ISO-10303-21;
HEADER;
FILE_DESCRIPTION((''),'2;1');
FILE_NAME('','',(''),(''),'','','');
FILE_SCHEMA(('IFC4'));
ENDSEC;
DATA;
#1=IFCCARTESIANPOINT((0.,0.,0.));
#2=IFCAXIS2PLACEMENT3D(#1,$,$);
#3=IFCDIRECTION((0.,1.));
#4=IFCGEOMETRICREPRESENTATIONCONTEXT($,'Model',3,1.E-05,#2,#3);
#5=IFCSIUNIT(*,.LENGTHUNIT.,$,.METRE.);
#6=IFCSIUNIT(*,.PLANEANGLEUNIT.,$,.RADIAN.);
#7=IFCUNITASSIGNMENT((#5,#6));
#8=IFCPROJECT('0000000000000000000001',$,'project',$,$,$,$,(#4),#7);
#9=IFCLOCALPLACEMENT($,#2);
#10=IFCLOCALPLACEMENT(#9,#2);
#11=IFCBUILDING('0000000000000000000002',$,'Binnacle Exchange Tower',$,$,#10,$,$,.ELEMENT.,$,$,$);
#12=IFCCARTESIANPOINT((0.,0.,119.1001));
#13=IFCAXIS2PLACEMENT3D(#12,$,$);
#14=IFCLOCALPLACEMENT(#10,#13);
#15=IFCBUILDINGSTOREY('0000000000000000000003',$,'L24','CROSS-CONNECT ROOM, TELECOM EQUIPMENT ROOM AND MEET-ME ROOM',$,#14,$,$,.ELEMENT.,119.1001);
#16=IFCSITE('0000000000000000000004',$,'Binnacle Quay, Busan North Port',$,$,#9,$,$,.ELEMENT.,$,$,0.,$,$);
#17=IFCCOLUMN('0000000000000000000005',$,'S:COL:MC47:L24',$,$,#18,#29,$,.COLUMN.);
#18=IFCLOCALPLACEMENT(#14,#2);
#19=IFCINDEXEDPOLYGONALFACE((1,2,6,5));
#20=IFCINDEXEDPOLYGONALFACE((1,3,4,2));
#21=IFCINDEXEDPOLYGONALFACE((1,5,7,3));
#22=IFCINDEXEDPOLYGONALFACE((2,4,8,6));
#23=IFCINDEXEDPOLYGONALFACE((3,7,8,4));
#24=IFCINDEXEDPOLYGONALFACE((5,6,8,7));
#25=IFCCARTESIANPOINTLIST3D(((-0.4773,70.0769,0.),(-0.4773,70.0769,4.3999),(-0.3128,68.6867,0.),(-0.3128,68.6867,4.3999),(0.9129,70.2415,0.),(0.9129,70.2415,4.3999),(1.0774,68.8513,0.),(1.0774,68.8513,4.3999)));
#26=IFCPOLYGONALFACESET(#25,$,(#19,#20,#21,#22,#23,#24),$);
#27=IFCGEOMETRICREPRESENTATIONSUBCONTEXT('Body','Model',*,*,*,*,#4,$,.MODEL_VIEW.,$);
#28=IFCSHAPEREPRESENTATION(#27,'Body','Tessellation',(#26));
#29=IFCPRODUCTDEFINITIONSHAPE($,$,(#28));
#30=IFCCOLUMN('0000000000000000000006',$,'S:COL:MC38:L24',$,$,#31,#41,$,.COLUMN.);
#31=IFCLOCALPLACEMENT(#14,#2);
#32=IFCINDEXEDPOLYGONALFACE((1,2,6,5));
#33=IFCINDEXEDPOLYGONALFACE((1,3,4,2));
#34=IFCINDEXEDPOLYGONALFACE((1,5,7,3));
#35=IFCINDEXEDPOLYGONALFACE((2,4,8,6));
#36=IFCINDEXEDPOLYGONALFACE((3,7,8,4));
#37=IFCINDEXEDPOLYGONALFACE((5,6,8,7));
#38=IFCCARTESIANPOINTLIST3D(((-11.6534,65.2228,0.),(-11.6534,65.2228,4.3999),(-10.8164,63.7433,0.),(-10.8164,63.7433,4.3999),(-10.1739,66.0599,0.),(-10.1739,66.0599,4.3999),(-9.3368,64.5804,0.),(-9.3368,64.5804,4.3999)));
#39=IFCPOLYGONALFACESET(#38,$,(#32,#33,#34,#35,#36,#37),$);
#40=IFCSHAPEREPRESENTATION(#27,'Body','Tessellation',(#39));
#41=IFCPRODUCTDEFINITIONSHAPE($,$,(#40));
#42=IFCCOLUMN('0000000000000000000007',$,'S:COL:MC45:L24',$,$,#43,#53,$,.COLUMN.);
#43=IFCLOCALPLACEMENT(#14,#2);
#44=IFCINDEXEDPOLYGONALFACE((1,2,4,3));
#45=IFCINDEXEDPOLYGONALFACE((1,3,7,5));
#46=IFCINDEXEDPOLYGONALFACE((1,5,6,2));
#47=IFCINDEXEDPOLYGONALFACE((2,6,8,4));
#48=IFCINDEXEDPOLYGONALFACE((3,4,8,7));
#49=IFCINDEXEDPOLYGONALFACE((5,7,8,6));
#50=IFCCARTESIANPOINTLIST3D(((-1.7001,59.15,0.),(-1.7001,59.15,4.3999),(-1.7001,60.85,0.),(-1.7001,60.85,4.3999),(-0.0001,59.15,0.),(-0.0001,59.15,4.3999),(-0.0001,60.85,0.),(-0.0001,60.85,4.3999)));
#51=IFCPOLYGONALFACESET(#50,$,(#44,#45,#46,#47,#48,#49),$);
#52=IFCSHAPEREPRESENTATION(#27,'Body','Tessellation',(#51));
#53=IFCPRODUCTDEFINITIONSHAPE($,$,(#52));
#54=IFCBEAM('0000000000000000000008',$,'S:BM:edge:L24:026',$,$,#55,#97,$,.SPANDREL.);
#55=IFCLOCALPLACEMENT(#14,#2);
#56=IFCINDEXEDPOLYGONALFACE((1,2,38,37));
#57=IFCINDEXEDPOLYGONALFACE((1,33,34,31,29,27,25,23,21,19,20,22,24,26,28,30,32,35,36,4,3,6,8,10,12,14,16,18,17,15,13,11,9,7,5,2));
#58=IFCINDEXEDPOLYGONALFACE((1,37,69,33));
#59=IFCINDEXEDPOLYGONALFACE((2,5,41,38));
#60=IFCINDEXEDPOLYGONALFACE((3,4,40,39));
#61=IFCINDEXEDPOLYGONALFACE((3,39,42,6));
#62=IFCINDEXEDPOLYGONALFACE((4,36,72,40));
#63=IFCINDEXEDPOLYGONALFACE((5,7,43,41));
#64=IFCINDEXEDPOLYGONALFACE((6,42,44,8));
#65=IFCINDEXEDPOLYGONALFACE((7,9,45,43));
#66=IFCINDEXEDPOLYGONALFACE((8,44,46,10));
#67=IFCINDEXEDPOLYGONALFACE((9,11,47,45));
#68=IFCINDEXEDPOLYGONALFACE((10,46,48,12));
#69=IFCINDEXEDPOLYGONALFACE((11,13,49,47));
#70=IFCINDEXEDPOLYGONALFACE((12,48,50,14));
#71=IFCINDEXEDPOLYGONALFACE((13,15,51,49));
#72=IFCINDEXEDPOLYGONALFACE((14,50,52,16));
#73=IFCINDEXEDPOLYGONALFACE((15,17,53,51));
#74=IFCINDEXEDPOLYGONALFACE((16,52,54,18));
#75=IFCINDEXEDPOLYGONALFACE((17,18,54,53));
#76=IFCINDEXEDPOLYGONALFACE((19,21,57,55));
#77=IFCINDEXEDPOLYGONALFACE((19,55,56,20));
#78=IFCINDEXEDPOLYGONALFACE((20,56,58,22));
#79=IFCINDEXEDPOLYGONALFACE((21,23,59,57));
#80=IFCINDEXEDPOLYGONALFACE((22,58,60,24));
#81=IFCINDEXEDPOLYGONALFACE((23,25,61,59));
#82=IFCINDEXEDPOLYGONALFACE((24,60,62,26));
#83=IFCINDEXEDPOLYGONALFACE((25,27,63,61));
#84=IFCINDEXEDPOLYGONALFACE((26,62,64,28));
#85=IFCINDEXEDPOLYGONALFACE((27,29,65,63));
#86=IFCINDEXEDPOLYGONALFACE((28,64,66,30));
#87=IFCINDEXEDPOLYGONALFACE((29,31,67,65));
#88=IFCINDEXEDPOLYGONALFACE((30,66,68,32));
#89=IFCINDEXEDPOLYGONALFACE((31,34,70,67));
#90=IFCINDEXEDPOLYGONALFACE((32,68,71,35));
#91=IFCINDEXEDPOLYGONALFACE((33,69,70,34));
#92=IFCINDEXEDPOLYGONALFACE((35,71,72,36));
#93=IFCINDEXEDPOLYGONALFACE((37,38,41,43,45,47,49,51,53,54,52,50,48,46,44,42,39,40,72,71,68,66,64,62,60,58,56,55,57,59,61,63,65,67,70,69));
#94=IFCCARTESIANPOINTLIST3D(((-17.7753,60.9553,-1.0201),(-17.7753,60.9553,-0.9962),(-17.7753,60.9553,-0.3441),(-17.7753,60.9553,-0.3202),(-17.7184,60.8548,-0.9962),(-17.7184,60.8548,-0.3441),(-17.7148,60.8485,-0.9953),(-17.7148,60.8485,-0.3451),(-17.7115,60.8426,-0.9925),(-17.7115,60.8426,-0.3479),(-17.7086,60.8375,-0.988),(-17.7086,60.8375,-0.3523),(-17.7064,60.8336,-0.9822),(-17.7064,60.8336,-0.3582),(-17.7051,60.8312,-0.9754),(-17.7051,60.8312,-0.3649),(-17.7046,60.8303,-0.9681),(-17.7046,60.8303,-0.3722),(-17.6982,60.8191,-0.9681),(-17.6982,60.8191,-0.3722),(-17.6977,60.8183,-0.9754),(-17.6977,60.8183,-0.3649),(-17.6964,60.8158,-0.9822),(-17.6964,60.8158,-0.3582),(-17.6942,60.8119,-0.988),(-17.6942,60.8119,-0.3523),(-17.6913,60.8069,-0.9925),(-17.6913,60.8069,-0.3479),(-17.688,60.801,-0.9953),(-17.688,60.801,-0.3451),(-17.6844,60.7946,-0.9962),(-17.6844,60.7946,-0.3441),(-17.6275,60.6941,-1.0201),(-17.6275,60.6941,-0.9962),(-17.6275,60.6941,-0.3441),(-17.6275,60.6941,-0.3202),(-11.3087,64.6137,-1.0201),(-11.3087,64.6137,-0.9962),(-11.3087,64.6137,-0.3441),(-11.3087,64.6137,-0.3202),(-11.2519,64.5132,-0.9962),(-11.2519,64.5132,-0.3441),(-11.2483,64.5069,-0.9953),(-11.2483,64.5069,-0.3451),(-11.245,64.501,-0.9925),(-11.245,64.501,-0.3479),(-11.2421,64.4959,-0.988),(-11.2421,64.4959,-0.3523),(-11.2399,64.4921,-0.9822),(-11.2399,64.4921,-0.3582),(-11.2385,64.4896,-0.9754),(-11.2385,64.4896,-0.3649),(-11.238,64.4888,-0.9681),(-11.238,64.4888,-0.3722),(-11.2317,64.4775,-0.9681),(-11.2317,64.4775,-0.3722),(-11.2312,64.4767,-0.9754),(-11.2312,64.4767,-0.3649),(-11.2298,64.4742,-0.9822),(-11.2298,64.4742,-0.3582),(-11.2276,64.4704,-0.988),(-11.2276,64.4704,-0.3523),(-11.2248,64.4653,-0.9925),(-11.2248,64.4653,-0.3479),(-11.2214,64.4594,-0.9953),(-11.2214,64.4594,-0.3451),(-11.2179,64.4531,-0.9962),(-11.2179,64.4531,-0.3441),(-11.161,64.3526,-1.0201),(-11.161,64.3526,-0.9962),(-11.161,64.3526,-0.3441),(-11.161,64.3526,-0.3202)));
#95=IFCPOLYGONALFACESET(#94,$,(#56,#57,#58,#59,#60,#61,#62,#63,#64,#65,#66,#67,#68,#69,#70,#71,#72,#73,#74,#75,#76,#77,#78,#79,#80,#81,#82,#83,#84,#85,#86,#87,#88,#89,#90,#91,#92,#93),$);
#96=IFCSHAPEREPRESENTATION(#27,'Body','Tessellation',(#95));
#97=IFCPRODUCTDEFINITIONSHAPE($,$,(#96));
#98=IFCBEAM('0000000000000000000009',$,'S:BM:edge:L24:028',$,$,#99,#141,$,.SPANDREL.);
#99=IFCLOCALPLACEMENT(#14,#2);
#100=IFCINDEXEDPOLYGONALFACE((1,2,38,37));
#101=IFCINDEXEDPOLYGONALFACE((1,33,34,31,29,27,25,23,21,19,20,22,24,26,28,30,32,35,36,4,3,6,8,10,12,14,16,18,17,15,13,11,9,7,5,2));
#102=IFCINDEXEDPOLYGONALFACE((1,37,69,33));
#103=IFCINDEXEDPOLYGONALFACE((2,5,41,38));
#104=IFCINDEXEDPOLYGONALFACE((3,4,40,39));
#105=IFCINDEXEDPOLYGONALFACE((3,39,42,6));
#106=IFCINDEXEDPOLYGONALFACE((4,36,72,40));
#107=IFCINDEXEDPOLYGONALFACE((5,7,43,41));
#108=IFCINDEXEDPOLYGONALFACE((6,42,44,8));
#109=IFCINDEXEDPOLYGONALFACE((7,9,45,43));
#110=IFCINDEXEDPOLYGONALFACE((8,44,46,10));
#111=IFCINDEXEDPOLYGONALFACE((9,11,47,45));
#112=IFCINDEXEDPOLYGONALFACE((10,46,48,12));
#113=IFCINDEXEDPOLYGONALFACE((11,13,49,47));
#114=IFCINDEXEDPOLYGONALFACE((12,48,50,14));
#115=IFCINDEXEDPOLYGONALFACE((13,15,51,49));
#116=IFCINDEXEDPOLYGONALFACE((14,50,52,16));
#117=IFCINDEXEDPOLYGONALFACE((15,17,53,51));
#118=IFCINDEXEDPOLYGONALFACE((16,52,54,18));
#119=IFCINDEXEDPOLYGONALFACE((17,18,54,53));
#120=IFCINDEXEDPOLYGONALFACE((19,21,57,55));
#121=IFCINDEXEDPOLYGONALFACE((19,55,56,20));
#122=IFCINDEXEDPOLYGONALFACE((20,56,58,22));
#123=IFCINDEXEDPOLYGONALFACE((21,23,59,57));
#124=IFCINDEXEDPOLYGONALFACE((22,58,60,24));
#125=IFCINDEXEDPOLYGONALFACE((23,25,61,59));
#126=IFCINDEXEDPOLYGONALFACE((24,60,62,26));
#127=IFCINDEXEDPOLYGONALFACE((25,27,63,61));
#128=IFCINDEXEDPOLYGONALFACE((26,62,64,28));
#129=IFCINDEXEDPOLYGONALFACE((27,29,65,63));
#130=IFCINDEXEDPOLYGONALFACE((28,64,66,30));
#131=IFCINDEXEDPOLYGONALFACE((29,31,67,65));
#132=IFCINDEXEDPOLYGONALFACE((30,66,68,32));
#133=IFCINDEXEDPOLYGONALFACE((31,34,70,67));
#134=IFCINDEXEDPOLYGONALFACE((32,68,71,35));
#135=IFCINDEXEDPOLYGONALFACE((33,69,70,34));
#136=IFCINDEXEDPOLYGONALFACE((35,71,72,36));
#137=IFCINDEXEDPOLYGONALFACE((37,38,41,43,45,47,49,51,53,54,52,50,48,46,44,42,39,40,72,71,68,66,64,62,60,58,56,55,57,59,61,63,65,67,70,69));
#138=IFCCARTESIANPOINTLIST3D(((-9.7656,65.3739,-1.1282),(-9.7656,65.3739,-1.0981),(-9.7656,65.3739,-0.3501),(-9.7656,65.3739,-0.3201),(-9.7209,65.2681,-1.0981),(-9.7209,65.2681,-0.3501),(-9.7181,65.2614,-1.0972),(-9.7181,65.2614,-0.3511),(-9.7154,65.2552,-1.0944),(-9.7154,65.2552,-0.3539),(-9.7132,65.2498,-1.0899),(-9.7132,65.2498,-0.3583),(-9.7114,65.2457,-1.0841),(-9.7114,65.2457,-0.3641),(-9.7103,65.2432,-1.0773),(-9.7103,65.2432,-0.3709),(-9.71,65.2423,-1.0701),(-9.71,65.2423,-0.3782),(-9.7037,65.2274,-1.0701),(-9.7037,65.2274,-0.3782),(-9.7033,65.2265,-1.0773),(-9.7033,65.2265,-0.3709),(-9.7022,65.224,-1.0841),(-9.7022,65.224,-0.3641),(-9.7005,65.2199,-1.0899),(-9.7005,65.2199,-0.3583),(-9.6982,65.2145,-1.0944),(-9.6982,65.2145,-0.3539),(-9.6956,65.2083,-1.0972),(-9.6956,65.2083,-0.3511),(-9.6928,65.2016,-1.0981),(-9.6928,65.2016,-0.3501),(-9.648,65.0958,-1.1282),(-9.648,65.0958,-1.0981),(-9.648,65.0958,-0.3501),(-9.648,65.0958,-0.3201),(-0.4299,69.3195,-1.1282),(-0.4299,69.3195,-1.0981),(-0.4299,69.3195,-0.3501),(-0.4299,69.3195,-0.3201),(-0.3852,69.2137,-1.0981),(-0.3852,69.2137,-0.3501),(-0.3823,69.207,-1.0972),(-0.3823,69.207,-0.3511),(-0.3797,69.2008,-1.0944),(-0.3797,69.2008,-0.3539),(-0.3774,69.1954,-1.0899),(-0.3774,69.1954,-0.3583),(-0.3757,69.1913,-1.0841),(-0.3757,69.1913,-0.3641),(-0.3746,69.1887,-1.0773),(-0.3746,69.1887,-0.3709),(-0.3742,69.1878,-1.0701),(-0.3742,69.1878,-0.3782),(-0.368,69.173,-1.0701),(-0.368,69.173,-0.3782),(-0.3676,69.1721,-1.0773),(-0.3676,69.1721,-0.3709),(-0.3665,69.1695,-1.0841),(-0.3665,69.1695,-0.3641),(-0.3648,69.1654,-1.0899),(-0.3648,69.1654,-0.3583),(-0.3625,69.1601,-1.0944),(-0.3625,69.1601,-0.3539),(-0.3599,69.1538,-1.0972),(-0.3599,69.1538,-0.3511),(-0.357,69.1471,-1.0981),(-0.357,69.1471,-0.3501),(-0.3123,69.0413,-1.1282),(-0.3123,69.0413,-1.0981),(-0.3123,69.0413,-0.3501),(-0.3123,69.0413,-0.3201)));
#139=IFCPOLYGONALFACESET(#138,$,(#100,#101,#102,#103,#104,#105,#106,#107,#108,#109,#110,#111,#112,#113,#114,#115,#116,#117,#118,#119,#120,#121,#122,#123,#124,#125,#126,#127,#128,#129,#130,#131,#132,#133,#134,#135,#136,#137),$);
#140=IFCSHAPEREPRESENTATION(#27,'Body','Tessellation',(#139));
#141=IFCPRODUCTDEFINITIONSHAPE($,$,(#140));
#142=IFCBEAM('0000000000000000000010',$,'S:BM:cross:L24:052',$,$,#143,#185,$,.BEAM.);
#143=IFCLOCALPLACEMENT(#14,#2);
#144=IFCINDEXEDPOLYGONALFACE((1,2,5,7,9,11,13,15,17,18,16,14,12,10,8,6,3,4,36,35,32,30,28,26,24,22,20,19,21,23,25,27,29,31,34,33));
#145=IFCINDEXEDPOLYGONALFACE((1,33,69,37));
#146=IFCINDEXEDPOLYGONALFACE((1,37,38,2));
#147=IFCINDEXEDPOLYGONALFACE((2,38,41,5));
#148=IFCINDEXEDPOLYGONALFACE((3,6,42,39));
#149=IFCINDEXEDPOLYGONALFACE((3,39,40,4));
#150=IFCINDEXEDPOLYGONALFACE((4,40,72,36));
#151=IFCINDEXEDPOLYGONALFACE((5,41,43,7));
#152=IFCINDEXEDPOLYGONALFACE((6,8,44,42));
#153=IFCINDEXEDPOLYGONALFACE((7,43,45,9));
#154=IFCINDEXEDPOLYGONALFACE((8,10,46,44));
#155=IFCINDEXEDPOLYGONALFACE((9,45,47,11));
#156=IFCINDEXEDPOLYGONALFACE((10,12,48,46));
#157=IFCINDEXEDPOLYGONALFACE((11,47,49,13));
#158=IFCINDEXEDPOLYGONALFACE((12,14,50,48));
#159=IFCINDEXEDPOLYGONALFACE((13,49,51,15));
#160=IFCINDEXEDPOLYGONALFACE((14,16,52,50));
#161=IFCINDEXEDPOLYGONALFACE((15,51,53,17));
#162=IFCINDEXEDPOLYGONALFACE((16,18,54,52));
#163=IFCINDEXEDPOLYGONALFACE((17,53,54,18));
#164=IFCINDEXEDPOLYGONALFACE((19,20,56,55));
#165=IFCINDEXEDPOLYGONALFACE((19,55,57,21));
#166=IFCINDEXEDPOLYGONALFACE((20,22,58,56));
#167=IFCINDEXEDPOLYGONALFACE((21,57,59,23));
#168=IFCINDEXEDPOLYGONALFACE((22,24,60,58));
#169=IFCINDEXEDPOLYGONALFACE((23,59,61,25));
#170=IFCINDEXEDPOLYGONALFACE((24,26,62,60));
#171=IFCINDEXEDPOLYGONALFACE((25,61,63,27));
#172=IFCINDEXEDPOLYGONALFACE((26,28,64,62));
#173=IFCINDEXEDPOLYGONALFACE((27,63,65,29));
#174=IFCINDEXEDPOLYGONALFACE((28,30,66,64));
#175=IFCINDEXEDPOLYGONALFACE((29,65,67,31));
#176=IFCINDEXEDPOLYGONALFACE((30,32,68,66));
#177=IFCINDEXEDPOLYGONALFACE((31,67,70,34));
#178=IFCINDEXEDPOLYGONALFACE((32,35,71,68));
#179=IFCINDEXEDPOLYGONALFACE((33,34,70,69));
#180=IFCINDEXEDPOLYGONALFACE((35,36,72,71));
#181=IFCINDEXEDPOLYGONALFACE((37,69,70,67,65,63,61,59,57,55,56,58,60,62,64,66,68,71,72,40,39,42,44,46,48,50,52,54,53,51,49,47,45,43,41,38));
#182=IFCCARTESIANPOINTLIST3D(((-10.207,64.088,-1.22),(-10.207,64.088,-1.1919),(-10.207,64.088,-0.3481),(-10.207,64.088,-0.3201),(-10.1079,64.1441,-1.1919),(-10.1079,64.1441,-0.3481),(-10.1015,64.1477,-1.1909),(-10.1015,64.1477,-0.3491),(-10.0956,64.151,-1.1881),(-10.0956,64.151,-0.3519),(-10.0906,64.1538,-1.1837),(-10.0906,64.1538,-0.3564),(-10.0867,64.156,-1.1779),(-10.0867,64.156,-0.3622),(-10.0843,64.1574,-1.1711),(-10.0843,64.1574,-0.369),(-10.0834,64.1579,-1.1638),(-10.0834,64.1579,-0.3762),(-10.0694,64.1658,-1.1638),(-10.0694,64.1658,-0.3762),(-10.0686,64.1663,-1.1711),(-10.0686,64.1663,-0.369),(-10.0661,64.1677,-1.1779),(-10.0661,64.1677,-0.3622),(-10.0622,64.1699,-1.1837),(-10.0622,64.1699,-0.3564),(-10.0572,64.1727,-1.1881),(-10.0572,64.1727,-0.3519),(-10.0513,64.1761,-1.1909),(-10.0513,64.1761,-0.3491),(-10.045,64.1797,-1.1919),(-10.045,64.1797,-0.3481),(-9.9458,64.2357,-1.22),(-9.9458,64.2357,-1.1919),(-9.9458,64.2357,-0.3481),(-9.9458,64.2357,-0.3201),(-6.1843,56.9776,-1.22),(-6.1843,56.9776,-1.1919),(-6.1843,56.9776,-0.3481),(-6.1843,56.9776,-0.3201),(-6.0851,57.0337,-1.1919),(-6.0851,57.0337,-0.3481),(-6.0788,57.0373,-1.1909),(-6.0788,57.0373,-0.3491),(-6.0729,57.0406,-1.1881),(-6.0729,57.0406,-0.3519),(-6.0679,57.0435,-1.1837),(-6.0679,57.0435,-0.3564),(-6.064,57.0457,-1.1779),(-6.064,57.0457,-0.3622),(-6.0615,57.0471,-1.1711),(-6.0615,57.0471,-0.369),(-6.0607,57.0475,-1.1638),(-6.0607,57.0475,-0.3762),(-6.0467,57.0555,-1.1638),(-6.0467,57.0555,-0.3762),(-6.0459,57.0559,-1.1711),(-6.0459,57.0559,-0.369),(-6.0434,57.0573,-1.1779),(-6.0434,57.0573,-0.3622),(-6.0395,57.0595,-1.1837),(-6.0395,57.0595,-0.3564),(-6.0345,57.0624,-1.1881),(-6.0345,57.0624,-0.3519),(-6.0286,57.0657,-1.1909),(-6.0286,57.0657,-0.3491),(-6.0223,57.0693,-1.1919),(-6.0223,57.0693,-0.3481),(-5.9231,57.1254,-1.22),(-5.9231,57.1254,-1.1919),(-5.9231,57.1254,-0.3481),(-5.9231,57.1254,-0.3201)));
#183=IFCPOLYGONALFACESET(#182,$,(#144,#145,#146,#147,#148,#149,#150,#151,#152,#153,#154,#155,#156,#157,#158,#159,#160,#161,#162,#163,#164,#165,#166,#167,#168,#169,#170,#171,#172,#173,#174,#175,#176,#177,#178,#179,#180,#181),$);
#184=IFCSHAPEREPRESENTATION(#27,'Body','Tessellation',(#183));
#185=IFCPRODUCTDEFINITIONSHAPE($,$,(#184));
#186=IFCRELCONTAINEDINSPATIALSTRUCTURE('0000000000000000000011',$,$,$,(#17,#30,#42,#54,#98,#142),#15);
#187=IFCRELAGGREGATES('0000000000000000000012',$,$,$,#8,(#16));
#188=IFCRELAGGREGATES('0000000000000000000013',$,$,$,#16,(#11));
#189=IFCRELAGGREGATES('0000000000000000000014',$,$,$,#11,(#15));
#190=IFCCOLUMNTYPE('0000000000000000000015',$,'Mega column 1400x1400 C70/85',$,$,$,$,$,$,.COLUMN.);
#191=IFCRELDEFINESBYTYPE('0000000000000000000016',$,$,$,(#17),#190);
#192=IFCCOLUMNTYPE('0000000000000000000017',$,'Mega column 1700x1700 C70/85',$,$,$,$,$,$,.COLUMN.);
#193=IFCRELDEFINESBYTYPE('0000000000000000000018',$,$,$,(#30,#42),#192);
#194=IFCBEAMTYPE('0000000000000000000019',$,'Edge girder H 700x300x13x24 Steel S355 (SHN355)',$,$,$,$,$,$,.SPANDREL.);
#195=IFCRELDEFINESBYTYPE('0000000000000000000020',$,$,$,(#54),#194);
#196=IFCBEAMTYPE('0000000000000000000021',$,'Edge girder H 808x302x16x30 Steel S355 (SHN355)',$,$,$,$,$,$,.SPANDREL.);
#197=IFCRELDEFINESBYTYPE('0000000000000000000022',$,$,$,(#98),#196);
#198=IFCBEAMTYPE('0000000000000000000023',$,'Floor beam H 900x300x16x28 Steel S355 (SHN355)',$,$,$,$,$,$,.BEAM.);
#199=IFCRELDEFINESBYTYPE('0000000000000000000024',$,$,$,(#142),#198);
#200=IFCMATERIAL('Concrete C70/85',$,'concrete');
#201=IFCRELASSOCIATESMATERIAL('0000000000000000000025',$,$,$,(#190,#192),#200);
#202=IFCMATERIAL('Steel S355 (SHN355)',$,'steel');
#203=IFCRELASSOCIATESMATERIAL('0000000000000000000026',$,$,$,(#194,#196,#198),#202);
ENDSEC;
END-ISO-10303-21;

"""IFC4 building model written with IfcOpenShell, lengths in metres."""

from ifc_helpers import new_model, si_unit, direction, frame, origin, origin_2d, place, context, subcontext, project, spatial, rectangle, i_section, extrude, material, material_profile, profile_set, type_object, element, save


model = new_model("IFC4")

# Units and contexts
model_context = context("Model", 3, precision=1e-05, world=origin(), true_north=direction((0.0, 1.0)))
body_context = subcontext(model_context, "Body", "Model", "MODEL_VIEW")
ifc_project = project(units=[si_unit("LENGTHUNIT", "METRE"), si_unit("PLANEANGLEUNIT", "RADIAN")], contexts=[model_context])

# Site, building, storey
site_placement = place(None, origin())
site = spatial("IfcSite", under=ifc_project, at=site_placement, Name="Binnacle Quay, Busan North Port", CompositionType="ELEMENT", RefElevation=0.0)
building_placement = place(site_placement, origin())
building = spatial("IfcBuilding", under=site, at=building_placement, Name="Binnacle Exchange Tower", CompositionType="ELEMENT")
storey_placement = place(building_placement, frame((0.0, 0.0, 119.1001)))
storey = spatial("IfcBuildingStorey", under=building, at=storey_placement, Name="L24", Description="CROSS-CONNECT ROOM, TELECOM EQUIPMENT ROOM AND MEET-ME ROOM", CompositionType="ELEMENT", Elevation=119.1001)

# Columns
ifc_material_1 = material(Name="Concrete C70/85", Category="concrete")
ifc_material_profile_1 = material_profile(ifc_material_1, rectangle(XDim=1.3999, YDim=1.3999, at=origin_2d()), Name="Mega column 1400x1400 C70/85")
ifc_profile_set_1 = profile_set([ifc_material_profile_1], Name="Concrete C70/85")
column_type_1 = type_object("IfcColumnType", Name="Mega column 1400x1400 C70/85", PredefinedType="COLUMN", material=ifc_profile_set_1)
column_placement = place(storey_placement, frame((0.3, 69.4641, 0.0), z_axis=(0.0, 0.0, 1.0), x_axis=(-0.993068, -0.117537, 0.0)))
element("IfcColumn", 1, at=column_placement, inside=storey, type_object=column_type_1, Name="S:COL:MC47:L24", PredefinedType="COLUMN", context=body_context, shape_type="SweptSolid", body=[
    extrude(rectangle(XDim=1.3999, YDim=1.3999, at=origin_2d()), origin(), (0.0, 0.0, 1.0), 4.3999),
])
ifc_material_profile_2 = material_profile(ifc_material_1, rectangle(XDim=1.7, YDim=1.7, at=origin_2d()), Name="Mega column 1700x1700 C70/85")
ifc_profile_set_2 = profile_set([ifc_material_profile_2], Name="Concrete C70/85")
column_type_2 = type_object("IfcColumnType", Name="Mega column 1700x1700 C70/85", PredefinedType="COLUMN", material=ifc_profile_set_2)
for number, where, z_axis, x_axis, name in (
    (2, (-10.4951, 64.9016, 0.0), (0.0, 0.0, 1.0), (-0.870356, -0.492424, 0.0), "S:COL:MC38:L24"),
    (3, (-0.8501, 60.0, 0.0), (0.0, 0.0, 1.0), (0.0, 1.0, 0.0), "S:COL:MC45:L24"),
):
    element("IfcColumn", number, at=place(storey_placement, frame(where, z_axis=z_axis, x_axis=x_axis)), inside=storey, type_object=column_type_2, Name=name, PredefinedType="COLUMN", context=body_context, shape_type="SweptSolid", body=[
        extrude(rectangle(XDim=1.7, YDim=1.7, at=origin_2d()), origin(), (0.0, 0.0, 1.0), 4.3999),
    ])

# Beams
ifc_material_2 = material(Name="Steel S355 (SHN355)", Category="steel")
ifc_material_profile_3 = material_profile(ifc_material_2, i_section(OverallWidth=0.3, OverallDepth=0.7, WebThickness=0.0129, FlangeThickness=0.0239, FilletRadius=0.0281, at=origin_2d()), Name="H 700x300x13x24")
ifc_profile_set_3 = profile_set([ifc_material_profile_3], Name="Steel S355 (SHN355)")
beam_type_1 = type_object("IfcBeamType", Name="Edge girder H 700x300x13x24 Steel S355 (SHN355)", PredefinedType="SPANDREL", material=ifc_profile_set_3)
beam_1_placement = place(storey_placement, frame((-11.2349, 64.4832, -0.6702), z_axis=(-0.870364, -0.492408, 0.0), x_axis=(0.492408, -0.870364, 0.0)))
element("IfcBeam", 4, at=beam_1_placement, inside=storey, type_object=beam_type_1, Name="S:BM:edge:L24:026", PredefinedType="SPANDREL", context=body_context, shape_type="SweptSolid", body=[
    extrude(i_section(OverallWidth=0.3, OverallDepth=0.7, WebThickness=0.0129, FlangeThickness=0.0239, FilletRadius=0.0281, at=origin_2d()), origin(), (0.0, 0.0, 1.0), 7.4297),
])
ifc_material_profile_4 = material_profile(ifc_material_2, i_section(OverallWidth=0.302, OverallDepth=0.8081, WebThickness=0.0161, FlangeThickness=0.03, FilletRadius=0.0281, at=origin_2d()), Name="H 808x302x16x30")
ifc_profile_set_4 = profile_set([ifc_material_profile_4], Name="Steel S355 (SHN355)")
beam_type_2 = type_object("IfcBeamType", Name="Edge girder H 808x302x16x30 Steel S355 (SHN355)", PredefinedType="SPANDREL", material=ifc_profile_set_4)
beam_2_placement = place(storey_placement, frame((-0.3711, 69.1804, -0.7241), z_axis=(-0.921114, -0.389292, 0.0), x_axis=(0.389292, -0.921114, 0.0)))
element("IfcBeam", 5, at=beam_2_placement, inside=storey, type_object=beam_type_2, Name="S:BM:edge:L24:028", PredefinedType="SPANDREL", context=body_context, shape_type="SweptSolid", body=[
    extrude(i_section(OverallWidth=0.302, OverallDepth=0.8081, WebThickness=0.0161, FlangeThickness=0.03, FilletRadius=0.0281, at=origin_2d()), origin(), (0.0, 0.0, 1.0), 10.1353),
])
ifc_material_profile_5 = material_profile(ifc_material_2, i_section(OverallWidth=0.3, OverallDepth=0.8999, WebThickness=0.0161, FlangeThickness=0.0281, FilletRadius=0.0281, at=origin_2d()), Name="H 900x300x16x28")
ifc_profile_set_5 = profile_set([ifc_material_profile_5], Name="Steel S355 (SHN355)")
beam_type_3 = type_object("IfcBeamType", Name="Floor beam H 900x300x16x28 Steel S355 (SHN355)", PredefinedType="BEAM", material=ifc_profile_set_5)
beam_3_placement = place(storey_placement, frame((-10.0764, 64.1619, -0.77), z_axis=(0.492411, -0.870363, 0.0), x_axis=(0.870363, 0.492411, 0.0)))
element("IfcBeam", 6, at=beam_3_placement, inside=storey, type_object=beam_type_3, Name="S:BM:cross:L24:052", PredefinedType="BEAM", context=body_context, shape_type="SweptSolid", body=[
    extrude(i_section(OverallWidth=0.3, OverallDepth=0.8999, WebThickness=0.0161, FlangeThickness=0.0281, FilletRadius=0.0281, at=origin_2d()), origin(), (0.0, 0.0, 1.0), 8.1694),
])

save(model, "model.ifc")
